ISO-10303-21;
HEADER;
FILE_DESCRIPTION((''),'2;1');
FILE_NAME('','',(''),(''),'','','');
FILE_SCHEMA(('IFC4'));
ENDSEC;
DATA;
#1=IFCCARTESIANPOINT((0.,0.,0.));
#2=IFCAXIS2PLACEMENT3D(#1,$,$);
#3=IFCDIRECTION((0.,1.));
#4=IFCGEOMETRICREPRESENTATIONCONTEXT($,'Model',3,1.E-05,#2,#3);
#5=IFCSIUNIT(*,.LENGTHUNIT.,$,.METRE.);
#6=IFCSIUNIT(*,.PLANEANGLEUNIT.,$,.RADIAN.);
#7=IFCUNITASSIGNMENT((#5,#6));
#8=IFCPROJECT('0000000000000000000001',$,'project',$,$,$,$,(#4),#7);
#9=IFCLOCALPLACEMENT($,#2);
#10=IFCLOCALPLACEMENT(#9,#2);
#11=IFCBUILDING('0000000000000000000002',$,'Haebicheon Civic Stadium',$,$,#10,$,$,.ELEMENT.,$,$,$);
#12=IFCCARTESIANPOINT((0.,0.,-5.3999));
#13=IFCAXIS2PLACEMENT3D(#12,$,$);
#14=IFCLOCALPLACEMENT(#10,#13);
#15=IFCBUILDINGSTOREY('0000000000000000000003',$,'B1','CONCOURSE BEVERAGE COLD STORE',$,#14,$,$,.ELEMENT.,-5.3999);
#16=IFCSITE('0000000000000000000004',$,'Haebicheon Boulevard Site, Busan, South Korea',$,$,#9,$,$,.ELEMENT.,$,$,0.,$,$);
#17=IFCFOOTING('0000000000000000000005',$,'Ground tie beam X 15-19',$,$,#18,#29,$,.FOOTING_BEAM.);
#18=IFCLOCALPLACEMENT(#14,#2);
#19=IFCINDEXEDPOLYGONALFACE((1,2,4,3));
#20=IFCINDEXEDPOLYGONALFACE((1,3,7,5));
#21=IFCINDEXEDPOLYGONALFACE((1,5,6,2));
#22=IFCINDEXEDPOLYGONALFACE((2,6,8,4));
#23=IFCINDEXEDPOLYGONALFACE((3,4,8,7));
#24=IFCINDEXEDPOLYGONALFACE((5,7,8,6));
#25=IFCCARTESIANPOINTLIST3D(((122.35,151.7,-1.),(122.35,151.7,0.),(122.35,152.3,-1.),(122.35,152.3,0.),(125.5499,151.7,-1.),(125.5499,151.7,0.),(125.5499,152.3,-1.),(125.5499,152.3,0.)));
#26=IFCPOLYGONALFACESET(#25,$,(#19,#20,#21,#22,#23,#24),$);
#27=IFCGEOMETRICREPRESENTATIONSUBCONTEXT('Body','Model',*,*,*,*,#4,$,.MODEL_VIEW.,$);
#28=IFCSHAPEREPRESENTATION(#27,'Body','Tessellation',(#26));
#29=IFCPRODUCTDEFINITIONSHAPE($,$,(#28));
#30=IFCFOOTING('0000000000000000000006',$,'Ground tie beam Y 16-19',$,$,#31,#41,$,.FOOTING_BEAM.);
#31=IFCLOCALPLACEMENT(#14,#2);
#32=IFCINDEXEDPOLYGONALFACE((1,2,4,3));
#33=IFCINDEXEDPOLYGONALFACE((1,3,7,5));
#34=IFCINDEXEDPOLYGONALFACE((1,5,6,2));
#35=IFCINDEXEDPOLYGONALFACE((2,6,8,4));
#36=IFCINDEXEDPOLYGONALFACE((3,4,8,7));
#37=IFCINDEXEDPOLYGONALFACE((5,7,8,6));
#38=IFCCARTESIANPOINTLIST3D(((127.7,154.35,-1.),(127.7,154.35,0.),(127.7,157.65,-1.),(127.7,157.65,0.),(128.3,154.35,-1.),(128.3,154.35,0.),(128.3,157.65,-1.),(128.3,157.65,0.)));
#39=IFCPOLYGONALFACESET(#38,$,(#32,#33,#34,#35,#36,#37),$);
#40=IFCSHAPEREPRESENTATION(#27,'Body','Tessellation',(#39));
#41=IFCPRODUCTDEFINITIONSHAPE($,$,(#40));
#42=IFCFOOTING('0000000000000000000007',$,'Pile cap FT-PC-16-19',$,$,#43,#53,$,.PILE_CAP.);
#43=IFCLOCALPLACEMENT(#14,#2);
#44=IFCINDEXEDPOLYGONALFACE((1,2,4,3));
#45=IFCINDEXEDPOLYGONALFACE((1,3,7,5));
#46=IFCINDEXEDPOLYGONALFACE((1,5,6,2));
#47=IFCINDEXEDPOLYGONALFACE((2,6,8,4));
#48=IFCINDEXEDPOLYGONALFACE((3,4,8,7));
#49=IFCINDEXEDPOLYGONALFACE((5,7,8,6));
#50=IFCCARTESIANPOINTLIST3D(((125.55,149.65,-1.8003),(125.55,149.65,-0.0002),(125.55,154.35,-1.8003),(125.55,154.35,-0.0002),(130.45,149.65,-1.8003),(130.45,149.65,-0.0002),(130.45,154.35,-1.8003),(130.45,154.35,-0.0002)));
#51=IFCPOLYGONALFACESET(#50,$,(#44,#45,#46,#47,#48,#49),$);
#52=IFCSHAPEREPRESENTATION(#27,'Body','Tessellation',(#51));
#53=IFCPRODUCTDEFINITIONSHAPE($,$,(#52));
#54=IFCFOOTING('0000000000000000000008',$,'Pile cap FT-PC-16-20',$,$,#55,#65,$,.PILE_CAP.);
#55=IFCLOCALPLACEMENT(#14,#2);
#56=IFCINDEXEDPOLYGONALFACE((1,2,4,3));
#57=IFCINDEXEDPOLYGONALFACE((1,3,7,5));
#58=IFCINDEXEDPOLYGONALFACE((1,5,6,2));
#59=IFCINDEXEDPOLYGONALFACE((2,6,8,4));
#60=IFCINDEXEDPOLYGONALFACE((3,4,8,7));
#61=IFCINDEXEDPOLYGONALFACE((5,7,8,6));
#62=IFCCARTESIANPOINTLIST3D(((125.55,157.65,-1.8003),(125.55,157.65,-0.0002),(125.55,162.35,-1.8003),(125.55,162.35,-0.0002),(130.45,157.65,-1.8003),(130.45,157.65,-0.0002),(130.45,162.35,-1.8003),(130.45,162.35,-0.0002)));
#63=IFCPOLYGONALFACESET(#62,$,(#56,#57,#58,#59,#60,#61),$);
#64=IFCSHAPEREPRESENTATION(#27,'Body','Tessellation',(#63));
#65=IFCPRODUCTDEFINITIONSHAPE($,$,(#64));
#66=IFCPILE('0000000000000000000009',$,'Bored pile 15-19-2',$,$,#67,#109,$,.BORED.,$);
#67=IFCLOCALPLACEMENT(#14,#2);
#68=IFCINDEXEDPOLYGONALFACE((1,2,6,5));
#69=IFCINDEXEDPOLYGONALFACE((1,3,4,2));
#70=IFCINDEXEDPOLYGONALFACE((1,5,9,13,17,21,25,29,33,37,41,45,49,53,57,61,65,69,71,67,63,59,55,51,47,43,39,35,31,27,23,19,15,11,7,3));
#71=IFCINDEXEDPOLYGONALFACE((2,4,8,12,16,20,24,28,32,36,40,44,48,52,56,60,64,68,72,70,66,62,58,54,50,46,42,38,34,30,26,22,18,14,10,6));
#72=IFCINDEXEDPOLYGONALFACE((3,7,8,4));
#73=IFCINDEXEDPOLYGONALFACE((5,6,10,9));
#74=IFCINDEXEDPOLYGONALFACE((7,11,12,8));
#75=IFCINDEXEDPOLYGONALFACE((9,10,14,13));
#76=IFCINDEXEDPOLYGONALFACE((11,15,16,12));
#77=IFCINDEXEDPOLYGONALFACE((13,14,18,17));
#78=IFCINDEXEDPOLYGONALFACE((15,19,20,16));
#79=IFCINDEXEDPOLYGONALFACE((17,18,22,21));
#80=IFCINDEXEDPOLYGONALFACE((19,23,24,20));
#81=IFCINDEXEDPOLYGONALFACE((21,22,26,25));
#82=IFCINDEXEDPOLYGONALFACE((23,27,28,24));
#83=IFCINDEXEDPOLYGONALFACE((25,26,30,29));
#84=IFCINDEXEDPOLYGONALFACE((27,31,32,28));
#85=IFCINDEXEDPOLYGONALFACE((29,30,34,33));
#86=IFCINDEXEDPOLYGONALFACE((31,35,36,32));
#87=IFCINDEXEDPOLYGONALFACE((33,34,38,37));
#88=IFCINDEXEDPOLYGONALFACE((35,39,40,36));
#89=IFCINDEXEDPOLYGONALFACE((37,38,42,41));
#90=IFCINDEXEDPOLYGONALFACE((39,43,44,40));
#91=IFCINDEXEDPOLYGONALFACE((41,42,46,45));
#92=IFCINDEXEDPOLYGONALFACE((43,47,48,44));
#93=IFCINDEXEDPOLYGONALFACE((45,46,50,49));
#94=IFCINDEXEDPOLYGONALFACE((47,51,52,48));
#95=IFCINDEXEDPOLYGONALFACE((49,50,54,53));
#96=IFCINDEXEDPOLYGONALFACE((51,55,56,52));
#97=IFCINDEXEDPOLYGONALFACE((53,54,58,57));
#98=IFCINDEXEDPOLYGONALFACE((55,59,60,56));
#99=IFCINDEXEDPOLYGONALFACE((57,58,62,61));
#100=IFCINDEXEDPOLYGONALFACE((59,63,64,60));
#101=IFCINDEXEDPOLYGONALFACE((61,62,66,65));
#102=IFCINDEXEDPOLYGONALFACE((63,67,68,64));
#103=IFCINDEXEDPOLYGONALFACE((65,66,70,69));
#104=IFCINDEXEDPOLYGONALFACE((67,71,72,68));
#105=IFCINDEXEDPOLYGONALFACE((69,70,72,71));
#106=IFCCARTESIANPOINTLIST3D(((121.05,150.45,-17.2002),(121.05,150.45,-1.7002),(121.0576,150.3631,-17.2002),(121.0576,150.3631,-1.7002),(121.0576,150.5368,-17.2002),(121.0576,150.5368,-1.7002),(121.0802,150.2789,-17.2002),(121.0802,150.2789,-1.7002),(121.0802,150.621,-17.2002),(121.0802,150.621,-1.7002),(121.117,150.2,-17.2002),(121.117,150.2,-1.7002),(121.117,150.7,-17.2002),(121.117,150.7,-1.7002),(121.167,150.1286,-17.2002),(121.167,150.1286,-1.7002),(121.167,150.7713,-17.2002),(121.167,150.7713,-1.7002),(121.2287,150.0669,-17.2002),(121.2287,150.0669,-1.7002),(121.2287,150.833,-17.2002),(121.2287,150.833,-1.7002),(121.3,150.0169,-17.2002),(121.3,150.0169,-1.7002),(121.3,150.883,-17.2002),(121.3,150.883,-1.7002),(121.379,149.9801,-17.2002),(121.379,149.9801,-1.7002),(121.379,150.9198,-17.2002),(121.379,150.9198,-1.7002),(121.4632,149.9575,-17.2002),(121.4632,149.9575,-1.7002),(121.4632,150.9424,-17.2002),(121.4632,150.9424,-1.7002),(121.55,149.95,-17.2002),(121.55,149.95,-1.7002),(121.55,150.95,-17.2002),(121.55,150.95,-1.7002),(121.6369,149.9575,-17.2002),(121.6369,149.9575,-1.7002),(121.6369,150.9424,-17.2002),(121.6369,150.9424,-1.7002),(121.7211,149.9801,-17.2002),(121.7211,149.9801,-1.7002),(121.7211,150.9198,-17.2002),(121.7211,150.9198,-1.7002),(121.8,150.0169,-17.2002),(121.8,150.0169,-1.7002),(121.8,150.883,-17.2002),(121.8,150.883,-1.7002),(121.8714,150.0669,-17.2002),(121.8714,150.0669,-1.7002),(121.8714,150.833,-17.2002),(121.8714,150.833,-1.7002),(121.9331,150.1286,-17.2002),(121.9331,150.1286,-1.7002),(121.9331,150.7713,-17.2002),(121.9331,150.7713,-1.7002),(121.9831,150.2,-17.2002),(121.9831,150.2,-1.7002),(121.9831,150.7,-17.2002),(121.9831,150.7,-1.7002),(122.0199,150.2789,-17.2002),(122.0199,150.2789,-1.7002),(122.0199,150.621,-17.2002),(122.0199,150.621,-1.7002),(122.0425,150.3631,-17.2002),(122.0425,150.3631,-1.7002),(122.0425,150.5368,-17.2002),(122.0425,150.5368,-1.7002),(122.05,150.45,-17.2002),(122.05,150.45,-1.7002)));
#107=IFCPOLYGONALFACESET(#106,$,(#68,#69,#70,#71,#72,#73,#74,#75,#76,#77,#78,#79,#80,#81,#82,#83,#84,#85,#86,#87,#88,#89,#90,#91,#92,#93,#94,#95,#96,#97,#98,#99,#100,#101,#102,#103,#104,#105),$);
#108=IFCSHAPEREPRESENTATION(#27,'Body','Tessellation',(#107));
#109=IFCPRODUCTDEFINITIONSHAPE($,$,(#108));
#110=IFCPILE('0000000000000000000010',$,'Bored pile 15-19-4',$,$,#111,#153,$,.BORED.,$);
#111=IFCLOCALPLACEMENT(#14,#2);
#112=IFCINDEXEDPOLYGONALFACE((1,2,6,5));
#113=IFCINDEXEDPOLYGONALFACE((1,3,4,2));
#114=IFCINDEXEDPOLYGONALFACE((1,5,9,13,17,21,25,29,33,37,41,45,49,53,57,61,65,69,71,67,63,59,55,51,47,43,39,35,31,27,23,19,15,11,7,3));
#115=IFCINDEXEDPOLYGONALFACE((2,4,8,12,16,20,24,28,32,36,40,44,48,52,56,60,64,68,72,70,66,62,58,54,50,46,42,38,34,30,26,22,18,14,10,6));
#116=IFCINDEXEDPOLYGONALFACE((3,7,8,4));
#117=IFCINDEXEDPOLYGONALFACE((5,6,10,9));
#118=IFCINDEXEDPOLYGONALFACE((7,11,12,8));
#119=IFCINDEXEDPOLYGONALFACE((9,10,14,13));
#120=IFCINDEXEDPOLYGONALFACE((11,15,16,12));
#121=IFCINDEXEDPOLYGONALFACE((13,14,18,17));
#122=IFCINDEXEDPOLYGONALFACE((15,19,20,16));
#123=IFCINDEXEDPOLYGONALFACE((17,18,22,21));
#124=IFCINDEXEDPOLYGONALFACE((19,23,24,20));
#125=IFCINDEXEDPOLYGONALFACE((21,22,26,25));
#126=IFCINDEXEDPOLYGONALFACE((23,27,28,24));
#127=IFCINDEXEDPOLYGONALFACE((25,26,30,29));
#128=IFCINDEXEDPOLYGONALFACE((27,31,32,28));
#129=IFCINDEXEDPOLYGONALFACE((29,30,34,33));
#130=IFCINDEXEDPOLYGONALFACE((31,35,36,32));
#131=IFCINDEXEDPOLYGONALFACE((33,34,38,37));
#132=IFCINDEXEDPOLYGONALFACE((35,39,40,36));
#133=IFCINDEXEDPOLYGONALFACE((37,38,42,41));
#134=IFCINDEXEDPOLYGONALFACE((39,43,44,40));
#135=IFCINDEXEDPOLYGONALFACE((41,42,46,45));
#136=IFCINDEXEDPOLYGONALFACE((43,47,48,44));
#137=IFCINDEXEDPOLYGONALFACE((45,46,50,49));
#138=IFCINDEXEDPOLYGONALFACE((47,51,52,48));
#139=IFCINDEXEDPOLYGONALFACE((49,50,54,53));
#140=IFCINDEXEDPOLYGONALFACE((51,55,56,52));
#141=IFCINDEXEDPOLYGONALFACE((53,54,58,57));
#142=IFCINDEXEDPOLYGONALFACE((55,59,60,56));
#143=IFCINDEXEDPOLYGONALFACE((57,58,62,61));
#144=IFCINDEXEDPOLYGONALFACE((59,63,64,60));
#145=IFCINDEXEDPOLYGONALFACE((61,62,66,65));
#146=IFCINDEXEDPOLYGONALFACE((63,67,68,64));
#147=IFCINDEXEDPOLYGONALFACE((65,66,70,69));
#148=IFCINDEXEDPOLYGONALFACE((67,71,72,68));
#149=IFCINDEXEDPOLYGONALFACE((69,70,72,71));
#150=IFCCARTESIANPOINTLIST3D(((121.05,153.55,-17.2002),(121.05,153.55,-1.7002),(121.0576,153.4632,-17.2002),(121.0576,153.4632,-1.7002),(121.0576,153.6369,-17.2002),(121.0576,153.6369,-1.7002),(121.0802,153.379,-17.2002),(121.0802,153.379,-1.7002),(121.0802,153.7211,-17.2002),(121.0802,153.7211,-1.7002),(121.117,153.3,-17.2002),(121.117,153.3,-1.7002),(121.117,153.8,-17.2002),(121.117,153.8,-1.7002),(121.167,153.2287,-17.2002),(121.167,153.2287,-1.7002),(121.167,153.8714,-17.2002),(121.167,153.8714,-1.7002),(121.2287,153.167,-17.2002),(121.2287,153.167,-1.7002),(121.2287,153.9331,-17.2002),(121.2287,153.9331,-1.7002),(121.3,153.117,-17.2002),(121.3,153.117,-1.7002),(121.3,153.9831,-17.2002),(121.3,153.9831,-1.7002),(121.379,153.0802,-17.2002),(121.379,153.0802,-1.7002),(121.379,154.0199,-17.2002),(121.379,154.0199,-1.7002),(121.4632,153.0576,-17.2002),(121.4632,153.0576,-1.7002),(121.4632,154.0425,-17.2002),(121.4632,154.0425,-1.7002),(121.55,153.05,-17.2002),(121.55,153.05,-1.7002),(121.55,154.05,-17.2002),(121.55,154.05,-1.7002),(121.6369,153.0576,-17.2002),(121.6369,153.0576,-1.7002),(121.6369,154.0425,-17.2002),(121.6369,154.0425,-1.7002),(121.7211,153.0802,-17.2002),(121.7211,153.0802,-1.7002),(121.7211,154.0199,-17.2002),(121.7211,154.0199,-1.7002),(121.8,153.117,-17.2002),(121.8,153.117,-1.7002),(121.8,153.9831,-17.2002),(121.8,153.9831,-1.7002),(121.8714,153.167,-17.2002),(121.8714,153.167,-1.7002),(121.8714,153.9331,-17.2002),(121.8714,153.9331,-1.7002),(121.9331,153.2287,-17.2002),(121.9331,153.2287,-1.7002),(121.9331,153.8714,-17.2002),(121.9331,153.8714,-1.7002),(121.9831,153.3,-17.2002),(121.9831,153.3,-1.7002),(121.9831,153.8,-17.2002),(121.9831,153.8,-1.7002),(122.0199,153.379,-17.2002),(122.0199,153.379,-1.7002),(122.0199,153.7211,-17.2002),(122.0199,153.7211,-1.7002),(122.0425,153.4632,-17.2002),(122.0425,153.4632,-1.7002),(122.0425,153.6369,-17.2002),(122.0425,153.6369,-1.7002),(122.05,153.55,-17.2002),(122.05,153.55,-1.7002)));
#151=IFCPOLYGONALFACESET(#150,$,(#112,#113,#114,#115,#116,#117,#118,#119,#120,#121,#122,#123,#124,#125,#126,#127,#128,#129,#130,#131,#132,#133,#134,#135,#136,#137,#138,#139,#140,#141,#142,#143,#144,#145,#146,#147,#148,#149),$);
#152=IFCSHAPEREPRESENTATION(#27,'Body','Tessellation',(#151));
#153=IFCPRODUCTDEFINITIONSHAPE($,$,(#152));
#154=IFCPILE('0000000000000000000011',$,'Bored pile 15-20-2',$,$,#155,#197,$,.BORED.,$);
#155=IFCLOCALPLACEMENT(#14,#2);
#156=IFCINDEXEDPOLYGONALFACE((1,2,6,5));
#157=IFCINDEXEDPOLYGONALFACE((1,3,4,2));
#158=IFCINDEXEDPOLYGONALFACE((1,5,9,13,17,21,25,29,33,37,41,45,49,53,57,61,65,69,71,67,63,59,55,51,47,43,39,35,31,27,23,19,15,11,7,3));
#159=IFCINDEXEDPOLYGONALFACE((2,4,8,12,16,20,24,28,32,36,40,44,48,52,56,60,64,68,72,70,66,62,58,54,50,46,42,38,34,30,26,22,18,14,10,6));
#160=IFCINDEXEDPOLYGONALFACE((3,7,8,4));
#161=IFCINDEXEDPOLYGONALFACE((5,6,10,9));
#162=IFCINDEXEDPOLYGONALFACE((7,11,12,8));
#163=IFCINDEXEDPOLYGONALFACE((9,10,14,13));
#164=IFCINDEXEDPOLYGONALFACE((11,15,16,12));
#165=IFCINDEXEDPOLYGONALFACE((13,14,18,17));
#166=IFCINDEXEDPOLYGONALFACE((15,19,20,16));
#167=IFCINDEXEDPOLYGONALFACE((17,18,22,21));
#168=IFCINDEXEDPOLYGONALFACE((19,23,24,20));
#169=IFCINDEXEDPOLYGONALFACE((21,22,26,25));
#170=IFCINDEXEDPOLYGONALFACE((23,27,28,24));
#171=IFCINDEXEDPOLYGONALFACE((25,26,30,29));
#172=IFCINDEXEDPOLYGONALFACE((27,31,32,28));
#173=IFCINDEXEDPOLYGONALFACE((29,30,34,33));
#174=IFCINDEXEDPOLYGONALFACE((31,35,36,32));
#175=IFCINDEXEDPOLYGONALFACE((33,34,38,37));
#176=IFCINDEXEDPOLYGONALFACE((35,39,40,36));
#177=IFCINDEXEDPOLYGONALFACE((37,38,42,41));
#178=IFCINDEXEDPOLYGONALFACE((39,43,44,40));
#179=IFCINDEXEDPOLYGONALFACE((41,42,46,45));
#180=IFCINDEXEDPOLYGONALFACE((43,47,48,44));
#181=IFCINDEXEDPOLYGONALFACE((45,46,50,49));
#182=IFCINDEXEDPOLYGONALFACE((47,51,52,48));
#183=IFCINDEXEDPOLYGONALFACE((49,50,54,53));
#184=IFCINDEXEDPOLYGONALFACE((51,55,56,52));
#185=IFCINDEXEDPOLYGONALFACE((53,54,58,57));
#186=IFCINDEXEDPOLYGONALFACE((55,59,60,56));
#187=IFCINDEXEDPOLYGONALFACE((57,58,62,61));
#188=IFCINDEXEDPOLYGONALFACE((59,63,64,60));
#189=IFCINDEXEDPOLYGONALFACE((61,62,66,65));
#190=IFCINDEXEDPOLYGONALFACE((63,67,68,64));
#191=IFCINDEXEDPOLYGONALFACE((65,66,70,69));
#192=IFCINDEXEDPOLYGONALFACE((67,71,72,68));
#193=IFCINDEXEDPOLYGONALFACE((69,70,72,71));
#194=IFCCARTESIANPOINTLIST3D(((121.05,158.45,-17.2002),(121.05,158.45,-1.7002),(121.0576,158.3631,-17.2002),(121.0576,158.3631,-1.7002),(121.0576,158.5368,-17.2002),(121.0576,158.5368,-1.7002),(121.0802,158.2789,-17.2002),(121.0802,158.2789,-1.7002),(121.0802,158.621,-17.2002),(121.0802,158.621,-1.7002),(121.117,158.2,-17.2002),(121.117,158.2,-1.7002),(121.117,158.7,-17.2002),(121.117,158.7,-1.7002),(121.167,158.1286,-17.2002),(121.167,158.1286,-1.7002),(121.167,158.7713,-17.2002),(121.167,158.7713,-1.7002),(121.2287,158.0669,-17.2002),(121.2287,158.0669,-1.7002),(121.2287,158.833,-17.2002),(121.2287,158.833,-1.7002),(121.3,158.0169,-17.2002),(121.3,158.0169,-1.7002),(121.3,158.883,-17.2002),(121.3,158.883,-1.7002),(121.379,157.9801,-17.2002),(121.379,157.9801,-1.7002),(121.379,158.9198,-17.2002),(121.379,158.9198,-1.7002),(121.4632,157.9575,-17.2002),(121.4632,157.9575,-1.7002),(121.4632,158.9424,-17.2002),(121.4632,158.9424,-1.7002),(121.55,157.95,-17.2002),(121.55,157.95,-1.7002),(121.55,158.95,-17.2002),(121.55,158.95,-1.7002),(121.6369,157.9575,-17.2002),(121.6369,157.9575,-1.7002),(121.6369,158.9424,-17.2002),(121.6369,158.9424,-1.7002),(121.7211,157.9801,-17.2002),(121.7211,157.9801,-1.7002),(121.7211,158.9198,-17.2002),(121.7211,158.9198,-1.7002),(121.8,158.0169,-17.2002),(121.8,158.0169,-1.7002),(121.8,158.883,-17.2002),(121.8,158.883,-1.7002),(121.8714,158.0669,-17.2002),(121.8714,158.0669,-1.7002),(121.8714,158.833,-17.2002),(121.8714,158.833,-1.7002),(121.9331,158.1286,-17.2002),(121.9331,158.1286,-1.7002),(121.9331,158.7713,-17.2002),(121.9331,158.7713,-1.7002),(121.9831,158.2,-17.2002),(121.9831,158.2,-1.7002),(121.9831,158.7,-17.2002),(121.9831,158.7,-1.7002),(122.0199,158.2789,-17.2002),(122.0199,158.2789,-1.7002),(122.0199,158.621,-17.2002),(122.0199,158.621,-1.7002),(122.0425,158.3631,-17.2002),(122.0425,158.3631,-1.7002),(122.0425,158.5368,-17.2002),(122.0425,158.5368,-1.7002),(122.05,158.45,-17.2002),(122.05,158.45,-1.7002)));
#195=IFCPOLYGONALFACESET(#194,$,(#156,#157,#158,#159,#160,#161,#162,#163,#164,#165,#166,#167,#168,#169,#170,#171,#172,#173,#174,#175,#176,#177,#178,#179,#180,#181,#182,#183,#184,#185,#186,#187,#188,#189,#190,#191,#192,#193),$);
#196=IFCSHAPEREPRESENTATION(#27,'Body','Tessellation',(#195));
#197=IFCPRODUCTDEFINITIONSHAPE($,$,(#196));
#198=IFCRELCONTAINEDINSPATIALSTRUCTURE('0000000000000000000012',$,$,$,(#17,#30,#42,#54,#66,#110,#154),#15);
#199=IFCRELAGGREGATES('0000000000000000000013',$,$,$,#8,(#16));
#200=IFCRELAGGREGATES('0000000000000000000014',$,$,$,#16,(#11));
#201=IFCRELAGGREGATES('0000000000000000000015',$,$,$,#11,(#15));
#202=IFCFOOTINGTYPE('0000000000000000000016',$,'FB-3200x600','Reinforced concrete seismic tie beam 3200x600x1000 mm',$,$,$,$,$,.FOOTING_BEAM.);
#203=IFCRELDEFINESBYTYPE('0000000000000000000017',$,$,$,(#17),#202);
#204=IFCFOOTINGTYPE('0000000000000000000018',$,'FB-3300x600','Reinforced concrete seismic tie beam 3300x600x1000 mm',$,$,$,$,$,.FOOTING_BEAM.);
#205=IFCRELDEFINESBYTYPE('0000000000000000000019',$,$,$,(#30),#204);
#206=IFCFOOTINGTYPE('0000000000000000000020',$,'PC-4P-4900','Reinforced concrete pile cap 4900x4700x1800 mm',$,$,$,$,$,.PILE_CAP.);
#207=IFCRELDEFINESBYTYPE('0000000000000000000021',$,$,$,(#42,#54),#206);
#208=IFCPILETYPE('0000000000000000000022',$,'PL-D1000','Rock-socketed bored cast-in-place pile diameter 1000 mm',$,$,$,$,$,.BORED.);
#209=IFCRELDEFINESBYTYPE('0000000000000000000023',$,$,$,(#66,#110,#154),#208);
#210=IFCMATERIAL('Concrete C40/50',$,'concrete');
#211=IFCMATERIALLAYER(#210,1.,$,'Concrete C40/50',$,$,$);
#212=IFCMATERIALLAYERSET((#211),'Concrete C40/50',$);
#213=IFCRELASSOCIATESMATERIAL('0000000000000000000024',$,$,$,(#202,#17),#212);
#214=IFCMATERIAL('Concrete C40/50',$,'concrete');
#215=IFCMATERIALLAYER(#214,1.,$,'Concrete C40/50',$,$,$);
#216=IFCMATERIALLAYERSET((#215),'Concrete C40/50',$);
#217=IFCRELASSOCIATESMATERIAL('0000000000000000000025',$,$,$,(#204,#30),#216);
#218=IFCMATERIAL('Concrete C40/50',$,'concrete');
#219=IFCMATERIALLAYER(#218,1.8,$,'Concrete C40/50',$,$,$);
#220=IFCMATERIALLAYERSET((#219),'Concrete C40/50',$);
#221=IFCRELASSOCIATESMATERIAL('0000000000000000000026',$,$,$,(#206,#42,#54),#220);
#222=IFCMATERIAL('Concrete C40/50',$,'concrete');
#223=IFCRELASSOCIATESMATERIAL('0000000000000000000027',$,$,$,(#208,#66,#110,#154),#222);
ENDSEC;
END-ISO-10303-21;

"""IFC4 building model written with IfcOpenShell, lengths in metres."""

from ifc_helpers import new_model, si_unit, direction, frame, origin, origin_2d, place, context, subcontext, project, spatial, rectangle, circle, extrude, material, layer, layer_set, material_profile, profile_set, type_object, element, save


model = new_model("IFC4")

# Units and contexts
model_context = context("Model", 3, precision=1e-05, world=origin(), true_north=direction((0.0, 1.0)))
body_context = subcontext(model_context, "Body", "Model", "MODEL_VIEW")
ifc_project = project(units=[si_unit("LENGTHUNIT", "METRE"), si_unit("PLANEANGLEUNIT", "RADIAN")], contexts=[model_context])

# Site, building, storey
site_placement = place(None, origin())
site = spatial("IfcSite", under=ifc_project, at=site_placement, Name="Haebicheon Boulevard Site, Busan, South Korea", CompositionType="ELEMENT", RefElevation=0.0)
building_placement = place(site_placement, origin())
building = spatial("IfcBuilding", under=site, at=building_placement, Name="Haebicheon Civic Stadium", CompositionType="ELEMENT")
storey_placement = place(building_placement, frame((0.0, 0.0, -5.3999)))
storey = spatial("IfcBuildingStorey", under=building, at=storey_placement, Name="B1", Description="CONCOURSE BEVERAGE COLD STORE", CompositionType="ELEMENT", Elevation=-5.3999)

# Footings
ifc_material_1 = material(Name="Concrete C40/50", Category="concrete")
ifc_layer_1 = layer(ifc_material_1, 1.0, Name="Concrete C40/50")
ifc_layer_set_1 = layer_set([ifc_layer_1], Name="Concrete C40/50")
footing_type_1 = type_object("IfcFootingType", Name="FB-3200x600", Description="Reinforced concrete seismic tie beam 3200x600x1000 mm", PredefinedType="FOOTING_BEAM", material=ifc_layer_set_1)
footing_1_placement = place(storey_placement, frame((123.95, 152.0, -1.0), z_axis=(0.0, 0.0, 1.0), x_axis=(1.0, 0.0, 0.0)))
element("IfcFooting", 1, at=footing_1_placement, inside=storey, type_object=footing_type_1, material=ifc_layer_set_1, Name="Ground tie beam X 15-19", PredefinedType="FOOTING_BEAM", context=body_context, shape_type="SweptSolid", body=[
    extrude(rectangle(XDim=3.2, YDim=0.6001, at=origin_2d()), origin(), (0.0, 0.0, 1.0), 1.0),
])
ifc_material_2 = material(Name="Concrete C40/50", Category="concrete")
ifc_layer_2 = layer(ifc_material_2, 1.0, Name="Concrete C40/50")
ifc_layer_set_2 = layer_set([ifc_layer_2], Name="Concrete C40/50")
footing_type_2 = type_object("IfcFootingType", Name="FB-3300x600", Description="Reinforced concrete seismic tie beam 3300x600x1000 mm", PredefinedType="FOOTING_BEAM", material=ifc_layer_set_2)
footing_2_placement = place(storey_placement, frame((128.0, 156.0, -1.0), z_axis=(0.0, 0.0, 1.0), x_axis=(0.0, 1.0, 0.0)))
element("IfcFooting", 2, at=footing_2_placement, inside=storey, type_object=footing_type_2, material=ifc_layer_set_2, Name="Ground tie beam Y 16-19", PredefinedType="FOOTING_BEAM", context=body_context, shape_type="SweptSolid", body=[
    extrude(rectangle(XDim=3.3, YDim=0.6001, at=origin_2d()), origin(), (0.0, 0.0, 1.0), 1.0),
])
ifc_material_3 = material(Name="Concrete C40/50", Category="concrete")
ifc_layer_3 = layer(ifc_material_3, 1.8, Name="Concrete C40/50")
ifc_layer_set_3 = layer_set([ifc_layer_3], Name="Concrete C40/50")
footing_type_3 = type_object("IfcFootingType", Name="PC-4P-4900", Description="Reinforced concrete pile cap 4900x4700x1800 mm", PredefinedType="PILE_CAP", material=ifc_layer_set_3)
for number, where, z_axis, x_axis, name in (
    (3, (128.0, 152.0, -1.8003), (0.0, 0.0, 1.0), (1.0, 0.0, 0.0), "Pile cap FT-PC-16-19"),
    (4, (128.0, 160.0, -1.8003), (0.0, 0.0, 1.0), (1.0, 0.0, 0.0), "Pile cap FT-PC-16-20"),
):
    element("IfcFooting", number, at=place(storey_placement, frame(where, z_axis=z_axis, x_axis=x_axis)), inside=storey, type_object=footing_type_3, material=ifc_layer_set_3, Name=name, PredefinedType="PILE_CAP", context=body_context, shape_type="SweptSolid", body=[
        extrude(rectangle(XDim=4.8999, YDim=4.7, at=origin_2d()), origin(), (0.0, 0.0, 1.0), 1.8),
    ])

# Piles
ifc_material_4 = material(Name="Concrete C40/50", Category="concrete")
ifc_material_profile_1 = material_profile(ifc_material_4, circle(Radius=0.5, at=origin_2d()), Name="PILE-D1000")
ifc_profile_set_1 = profile_set([ifc_material_profile_1], Name="Concrete C40/50")
pile_type = type_object("IfcPileType", Name="PL-D1000", Description="Rock-socketed bored cast-in-place pile diameter 1000 mm", PredefinedType="BORED", material=ifc_profile_set_1)
for number, where, z_axis, x_axis, name in (
    (5, (121.55, 150.45, -1.7002), (0.0, 0.0, -1.0), (1.0, 0.0, 0.0), "Bored pile 15-19-2"),
    (6, (121.55, 153.55, -1.7002), (0.0, 0.0, -1.0), (1.0, 0.0, 0.0), "Bored pile 15-19-4"),
    (7, (121.55, 158.45, -1.7002), (0.0, 0.0, -1.0), (1.0, 0.0, 0.0), "Bored pile 15-20-2"),
):
    element("IfcPile", number, at=place(storey_placement, frame(where, z_axis=z_axis, x_axis=x_axis)), inside=storey, type_object=pile_type, material=ifc_profile_set_1, Name=name, PredefinedType="BORED", context=body_context, shape_type="SweptSolid", body=[
        extrude(circle(Radius=0.5, at=origin_2d()), origin(), (0.0, 0.0, 1.0), 15.5),
    ])

save(model, "model.ifc")
